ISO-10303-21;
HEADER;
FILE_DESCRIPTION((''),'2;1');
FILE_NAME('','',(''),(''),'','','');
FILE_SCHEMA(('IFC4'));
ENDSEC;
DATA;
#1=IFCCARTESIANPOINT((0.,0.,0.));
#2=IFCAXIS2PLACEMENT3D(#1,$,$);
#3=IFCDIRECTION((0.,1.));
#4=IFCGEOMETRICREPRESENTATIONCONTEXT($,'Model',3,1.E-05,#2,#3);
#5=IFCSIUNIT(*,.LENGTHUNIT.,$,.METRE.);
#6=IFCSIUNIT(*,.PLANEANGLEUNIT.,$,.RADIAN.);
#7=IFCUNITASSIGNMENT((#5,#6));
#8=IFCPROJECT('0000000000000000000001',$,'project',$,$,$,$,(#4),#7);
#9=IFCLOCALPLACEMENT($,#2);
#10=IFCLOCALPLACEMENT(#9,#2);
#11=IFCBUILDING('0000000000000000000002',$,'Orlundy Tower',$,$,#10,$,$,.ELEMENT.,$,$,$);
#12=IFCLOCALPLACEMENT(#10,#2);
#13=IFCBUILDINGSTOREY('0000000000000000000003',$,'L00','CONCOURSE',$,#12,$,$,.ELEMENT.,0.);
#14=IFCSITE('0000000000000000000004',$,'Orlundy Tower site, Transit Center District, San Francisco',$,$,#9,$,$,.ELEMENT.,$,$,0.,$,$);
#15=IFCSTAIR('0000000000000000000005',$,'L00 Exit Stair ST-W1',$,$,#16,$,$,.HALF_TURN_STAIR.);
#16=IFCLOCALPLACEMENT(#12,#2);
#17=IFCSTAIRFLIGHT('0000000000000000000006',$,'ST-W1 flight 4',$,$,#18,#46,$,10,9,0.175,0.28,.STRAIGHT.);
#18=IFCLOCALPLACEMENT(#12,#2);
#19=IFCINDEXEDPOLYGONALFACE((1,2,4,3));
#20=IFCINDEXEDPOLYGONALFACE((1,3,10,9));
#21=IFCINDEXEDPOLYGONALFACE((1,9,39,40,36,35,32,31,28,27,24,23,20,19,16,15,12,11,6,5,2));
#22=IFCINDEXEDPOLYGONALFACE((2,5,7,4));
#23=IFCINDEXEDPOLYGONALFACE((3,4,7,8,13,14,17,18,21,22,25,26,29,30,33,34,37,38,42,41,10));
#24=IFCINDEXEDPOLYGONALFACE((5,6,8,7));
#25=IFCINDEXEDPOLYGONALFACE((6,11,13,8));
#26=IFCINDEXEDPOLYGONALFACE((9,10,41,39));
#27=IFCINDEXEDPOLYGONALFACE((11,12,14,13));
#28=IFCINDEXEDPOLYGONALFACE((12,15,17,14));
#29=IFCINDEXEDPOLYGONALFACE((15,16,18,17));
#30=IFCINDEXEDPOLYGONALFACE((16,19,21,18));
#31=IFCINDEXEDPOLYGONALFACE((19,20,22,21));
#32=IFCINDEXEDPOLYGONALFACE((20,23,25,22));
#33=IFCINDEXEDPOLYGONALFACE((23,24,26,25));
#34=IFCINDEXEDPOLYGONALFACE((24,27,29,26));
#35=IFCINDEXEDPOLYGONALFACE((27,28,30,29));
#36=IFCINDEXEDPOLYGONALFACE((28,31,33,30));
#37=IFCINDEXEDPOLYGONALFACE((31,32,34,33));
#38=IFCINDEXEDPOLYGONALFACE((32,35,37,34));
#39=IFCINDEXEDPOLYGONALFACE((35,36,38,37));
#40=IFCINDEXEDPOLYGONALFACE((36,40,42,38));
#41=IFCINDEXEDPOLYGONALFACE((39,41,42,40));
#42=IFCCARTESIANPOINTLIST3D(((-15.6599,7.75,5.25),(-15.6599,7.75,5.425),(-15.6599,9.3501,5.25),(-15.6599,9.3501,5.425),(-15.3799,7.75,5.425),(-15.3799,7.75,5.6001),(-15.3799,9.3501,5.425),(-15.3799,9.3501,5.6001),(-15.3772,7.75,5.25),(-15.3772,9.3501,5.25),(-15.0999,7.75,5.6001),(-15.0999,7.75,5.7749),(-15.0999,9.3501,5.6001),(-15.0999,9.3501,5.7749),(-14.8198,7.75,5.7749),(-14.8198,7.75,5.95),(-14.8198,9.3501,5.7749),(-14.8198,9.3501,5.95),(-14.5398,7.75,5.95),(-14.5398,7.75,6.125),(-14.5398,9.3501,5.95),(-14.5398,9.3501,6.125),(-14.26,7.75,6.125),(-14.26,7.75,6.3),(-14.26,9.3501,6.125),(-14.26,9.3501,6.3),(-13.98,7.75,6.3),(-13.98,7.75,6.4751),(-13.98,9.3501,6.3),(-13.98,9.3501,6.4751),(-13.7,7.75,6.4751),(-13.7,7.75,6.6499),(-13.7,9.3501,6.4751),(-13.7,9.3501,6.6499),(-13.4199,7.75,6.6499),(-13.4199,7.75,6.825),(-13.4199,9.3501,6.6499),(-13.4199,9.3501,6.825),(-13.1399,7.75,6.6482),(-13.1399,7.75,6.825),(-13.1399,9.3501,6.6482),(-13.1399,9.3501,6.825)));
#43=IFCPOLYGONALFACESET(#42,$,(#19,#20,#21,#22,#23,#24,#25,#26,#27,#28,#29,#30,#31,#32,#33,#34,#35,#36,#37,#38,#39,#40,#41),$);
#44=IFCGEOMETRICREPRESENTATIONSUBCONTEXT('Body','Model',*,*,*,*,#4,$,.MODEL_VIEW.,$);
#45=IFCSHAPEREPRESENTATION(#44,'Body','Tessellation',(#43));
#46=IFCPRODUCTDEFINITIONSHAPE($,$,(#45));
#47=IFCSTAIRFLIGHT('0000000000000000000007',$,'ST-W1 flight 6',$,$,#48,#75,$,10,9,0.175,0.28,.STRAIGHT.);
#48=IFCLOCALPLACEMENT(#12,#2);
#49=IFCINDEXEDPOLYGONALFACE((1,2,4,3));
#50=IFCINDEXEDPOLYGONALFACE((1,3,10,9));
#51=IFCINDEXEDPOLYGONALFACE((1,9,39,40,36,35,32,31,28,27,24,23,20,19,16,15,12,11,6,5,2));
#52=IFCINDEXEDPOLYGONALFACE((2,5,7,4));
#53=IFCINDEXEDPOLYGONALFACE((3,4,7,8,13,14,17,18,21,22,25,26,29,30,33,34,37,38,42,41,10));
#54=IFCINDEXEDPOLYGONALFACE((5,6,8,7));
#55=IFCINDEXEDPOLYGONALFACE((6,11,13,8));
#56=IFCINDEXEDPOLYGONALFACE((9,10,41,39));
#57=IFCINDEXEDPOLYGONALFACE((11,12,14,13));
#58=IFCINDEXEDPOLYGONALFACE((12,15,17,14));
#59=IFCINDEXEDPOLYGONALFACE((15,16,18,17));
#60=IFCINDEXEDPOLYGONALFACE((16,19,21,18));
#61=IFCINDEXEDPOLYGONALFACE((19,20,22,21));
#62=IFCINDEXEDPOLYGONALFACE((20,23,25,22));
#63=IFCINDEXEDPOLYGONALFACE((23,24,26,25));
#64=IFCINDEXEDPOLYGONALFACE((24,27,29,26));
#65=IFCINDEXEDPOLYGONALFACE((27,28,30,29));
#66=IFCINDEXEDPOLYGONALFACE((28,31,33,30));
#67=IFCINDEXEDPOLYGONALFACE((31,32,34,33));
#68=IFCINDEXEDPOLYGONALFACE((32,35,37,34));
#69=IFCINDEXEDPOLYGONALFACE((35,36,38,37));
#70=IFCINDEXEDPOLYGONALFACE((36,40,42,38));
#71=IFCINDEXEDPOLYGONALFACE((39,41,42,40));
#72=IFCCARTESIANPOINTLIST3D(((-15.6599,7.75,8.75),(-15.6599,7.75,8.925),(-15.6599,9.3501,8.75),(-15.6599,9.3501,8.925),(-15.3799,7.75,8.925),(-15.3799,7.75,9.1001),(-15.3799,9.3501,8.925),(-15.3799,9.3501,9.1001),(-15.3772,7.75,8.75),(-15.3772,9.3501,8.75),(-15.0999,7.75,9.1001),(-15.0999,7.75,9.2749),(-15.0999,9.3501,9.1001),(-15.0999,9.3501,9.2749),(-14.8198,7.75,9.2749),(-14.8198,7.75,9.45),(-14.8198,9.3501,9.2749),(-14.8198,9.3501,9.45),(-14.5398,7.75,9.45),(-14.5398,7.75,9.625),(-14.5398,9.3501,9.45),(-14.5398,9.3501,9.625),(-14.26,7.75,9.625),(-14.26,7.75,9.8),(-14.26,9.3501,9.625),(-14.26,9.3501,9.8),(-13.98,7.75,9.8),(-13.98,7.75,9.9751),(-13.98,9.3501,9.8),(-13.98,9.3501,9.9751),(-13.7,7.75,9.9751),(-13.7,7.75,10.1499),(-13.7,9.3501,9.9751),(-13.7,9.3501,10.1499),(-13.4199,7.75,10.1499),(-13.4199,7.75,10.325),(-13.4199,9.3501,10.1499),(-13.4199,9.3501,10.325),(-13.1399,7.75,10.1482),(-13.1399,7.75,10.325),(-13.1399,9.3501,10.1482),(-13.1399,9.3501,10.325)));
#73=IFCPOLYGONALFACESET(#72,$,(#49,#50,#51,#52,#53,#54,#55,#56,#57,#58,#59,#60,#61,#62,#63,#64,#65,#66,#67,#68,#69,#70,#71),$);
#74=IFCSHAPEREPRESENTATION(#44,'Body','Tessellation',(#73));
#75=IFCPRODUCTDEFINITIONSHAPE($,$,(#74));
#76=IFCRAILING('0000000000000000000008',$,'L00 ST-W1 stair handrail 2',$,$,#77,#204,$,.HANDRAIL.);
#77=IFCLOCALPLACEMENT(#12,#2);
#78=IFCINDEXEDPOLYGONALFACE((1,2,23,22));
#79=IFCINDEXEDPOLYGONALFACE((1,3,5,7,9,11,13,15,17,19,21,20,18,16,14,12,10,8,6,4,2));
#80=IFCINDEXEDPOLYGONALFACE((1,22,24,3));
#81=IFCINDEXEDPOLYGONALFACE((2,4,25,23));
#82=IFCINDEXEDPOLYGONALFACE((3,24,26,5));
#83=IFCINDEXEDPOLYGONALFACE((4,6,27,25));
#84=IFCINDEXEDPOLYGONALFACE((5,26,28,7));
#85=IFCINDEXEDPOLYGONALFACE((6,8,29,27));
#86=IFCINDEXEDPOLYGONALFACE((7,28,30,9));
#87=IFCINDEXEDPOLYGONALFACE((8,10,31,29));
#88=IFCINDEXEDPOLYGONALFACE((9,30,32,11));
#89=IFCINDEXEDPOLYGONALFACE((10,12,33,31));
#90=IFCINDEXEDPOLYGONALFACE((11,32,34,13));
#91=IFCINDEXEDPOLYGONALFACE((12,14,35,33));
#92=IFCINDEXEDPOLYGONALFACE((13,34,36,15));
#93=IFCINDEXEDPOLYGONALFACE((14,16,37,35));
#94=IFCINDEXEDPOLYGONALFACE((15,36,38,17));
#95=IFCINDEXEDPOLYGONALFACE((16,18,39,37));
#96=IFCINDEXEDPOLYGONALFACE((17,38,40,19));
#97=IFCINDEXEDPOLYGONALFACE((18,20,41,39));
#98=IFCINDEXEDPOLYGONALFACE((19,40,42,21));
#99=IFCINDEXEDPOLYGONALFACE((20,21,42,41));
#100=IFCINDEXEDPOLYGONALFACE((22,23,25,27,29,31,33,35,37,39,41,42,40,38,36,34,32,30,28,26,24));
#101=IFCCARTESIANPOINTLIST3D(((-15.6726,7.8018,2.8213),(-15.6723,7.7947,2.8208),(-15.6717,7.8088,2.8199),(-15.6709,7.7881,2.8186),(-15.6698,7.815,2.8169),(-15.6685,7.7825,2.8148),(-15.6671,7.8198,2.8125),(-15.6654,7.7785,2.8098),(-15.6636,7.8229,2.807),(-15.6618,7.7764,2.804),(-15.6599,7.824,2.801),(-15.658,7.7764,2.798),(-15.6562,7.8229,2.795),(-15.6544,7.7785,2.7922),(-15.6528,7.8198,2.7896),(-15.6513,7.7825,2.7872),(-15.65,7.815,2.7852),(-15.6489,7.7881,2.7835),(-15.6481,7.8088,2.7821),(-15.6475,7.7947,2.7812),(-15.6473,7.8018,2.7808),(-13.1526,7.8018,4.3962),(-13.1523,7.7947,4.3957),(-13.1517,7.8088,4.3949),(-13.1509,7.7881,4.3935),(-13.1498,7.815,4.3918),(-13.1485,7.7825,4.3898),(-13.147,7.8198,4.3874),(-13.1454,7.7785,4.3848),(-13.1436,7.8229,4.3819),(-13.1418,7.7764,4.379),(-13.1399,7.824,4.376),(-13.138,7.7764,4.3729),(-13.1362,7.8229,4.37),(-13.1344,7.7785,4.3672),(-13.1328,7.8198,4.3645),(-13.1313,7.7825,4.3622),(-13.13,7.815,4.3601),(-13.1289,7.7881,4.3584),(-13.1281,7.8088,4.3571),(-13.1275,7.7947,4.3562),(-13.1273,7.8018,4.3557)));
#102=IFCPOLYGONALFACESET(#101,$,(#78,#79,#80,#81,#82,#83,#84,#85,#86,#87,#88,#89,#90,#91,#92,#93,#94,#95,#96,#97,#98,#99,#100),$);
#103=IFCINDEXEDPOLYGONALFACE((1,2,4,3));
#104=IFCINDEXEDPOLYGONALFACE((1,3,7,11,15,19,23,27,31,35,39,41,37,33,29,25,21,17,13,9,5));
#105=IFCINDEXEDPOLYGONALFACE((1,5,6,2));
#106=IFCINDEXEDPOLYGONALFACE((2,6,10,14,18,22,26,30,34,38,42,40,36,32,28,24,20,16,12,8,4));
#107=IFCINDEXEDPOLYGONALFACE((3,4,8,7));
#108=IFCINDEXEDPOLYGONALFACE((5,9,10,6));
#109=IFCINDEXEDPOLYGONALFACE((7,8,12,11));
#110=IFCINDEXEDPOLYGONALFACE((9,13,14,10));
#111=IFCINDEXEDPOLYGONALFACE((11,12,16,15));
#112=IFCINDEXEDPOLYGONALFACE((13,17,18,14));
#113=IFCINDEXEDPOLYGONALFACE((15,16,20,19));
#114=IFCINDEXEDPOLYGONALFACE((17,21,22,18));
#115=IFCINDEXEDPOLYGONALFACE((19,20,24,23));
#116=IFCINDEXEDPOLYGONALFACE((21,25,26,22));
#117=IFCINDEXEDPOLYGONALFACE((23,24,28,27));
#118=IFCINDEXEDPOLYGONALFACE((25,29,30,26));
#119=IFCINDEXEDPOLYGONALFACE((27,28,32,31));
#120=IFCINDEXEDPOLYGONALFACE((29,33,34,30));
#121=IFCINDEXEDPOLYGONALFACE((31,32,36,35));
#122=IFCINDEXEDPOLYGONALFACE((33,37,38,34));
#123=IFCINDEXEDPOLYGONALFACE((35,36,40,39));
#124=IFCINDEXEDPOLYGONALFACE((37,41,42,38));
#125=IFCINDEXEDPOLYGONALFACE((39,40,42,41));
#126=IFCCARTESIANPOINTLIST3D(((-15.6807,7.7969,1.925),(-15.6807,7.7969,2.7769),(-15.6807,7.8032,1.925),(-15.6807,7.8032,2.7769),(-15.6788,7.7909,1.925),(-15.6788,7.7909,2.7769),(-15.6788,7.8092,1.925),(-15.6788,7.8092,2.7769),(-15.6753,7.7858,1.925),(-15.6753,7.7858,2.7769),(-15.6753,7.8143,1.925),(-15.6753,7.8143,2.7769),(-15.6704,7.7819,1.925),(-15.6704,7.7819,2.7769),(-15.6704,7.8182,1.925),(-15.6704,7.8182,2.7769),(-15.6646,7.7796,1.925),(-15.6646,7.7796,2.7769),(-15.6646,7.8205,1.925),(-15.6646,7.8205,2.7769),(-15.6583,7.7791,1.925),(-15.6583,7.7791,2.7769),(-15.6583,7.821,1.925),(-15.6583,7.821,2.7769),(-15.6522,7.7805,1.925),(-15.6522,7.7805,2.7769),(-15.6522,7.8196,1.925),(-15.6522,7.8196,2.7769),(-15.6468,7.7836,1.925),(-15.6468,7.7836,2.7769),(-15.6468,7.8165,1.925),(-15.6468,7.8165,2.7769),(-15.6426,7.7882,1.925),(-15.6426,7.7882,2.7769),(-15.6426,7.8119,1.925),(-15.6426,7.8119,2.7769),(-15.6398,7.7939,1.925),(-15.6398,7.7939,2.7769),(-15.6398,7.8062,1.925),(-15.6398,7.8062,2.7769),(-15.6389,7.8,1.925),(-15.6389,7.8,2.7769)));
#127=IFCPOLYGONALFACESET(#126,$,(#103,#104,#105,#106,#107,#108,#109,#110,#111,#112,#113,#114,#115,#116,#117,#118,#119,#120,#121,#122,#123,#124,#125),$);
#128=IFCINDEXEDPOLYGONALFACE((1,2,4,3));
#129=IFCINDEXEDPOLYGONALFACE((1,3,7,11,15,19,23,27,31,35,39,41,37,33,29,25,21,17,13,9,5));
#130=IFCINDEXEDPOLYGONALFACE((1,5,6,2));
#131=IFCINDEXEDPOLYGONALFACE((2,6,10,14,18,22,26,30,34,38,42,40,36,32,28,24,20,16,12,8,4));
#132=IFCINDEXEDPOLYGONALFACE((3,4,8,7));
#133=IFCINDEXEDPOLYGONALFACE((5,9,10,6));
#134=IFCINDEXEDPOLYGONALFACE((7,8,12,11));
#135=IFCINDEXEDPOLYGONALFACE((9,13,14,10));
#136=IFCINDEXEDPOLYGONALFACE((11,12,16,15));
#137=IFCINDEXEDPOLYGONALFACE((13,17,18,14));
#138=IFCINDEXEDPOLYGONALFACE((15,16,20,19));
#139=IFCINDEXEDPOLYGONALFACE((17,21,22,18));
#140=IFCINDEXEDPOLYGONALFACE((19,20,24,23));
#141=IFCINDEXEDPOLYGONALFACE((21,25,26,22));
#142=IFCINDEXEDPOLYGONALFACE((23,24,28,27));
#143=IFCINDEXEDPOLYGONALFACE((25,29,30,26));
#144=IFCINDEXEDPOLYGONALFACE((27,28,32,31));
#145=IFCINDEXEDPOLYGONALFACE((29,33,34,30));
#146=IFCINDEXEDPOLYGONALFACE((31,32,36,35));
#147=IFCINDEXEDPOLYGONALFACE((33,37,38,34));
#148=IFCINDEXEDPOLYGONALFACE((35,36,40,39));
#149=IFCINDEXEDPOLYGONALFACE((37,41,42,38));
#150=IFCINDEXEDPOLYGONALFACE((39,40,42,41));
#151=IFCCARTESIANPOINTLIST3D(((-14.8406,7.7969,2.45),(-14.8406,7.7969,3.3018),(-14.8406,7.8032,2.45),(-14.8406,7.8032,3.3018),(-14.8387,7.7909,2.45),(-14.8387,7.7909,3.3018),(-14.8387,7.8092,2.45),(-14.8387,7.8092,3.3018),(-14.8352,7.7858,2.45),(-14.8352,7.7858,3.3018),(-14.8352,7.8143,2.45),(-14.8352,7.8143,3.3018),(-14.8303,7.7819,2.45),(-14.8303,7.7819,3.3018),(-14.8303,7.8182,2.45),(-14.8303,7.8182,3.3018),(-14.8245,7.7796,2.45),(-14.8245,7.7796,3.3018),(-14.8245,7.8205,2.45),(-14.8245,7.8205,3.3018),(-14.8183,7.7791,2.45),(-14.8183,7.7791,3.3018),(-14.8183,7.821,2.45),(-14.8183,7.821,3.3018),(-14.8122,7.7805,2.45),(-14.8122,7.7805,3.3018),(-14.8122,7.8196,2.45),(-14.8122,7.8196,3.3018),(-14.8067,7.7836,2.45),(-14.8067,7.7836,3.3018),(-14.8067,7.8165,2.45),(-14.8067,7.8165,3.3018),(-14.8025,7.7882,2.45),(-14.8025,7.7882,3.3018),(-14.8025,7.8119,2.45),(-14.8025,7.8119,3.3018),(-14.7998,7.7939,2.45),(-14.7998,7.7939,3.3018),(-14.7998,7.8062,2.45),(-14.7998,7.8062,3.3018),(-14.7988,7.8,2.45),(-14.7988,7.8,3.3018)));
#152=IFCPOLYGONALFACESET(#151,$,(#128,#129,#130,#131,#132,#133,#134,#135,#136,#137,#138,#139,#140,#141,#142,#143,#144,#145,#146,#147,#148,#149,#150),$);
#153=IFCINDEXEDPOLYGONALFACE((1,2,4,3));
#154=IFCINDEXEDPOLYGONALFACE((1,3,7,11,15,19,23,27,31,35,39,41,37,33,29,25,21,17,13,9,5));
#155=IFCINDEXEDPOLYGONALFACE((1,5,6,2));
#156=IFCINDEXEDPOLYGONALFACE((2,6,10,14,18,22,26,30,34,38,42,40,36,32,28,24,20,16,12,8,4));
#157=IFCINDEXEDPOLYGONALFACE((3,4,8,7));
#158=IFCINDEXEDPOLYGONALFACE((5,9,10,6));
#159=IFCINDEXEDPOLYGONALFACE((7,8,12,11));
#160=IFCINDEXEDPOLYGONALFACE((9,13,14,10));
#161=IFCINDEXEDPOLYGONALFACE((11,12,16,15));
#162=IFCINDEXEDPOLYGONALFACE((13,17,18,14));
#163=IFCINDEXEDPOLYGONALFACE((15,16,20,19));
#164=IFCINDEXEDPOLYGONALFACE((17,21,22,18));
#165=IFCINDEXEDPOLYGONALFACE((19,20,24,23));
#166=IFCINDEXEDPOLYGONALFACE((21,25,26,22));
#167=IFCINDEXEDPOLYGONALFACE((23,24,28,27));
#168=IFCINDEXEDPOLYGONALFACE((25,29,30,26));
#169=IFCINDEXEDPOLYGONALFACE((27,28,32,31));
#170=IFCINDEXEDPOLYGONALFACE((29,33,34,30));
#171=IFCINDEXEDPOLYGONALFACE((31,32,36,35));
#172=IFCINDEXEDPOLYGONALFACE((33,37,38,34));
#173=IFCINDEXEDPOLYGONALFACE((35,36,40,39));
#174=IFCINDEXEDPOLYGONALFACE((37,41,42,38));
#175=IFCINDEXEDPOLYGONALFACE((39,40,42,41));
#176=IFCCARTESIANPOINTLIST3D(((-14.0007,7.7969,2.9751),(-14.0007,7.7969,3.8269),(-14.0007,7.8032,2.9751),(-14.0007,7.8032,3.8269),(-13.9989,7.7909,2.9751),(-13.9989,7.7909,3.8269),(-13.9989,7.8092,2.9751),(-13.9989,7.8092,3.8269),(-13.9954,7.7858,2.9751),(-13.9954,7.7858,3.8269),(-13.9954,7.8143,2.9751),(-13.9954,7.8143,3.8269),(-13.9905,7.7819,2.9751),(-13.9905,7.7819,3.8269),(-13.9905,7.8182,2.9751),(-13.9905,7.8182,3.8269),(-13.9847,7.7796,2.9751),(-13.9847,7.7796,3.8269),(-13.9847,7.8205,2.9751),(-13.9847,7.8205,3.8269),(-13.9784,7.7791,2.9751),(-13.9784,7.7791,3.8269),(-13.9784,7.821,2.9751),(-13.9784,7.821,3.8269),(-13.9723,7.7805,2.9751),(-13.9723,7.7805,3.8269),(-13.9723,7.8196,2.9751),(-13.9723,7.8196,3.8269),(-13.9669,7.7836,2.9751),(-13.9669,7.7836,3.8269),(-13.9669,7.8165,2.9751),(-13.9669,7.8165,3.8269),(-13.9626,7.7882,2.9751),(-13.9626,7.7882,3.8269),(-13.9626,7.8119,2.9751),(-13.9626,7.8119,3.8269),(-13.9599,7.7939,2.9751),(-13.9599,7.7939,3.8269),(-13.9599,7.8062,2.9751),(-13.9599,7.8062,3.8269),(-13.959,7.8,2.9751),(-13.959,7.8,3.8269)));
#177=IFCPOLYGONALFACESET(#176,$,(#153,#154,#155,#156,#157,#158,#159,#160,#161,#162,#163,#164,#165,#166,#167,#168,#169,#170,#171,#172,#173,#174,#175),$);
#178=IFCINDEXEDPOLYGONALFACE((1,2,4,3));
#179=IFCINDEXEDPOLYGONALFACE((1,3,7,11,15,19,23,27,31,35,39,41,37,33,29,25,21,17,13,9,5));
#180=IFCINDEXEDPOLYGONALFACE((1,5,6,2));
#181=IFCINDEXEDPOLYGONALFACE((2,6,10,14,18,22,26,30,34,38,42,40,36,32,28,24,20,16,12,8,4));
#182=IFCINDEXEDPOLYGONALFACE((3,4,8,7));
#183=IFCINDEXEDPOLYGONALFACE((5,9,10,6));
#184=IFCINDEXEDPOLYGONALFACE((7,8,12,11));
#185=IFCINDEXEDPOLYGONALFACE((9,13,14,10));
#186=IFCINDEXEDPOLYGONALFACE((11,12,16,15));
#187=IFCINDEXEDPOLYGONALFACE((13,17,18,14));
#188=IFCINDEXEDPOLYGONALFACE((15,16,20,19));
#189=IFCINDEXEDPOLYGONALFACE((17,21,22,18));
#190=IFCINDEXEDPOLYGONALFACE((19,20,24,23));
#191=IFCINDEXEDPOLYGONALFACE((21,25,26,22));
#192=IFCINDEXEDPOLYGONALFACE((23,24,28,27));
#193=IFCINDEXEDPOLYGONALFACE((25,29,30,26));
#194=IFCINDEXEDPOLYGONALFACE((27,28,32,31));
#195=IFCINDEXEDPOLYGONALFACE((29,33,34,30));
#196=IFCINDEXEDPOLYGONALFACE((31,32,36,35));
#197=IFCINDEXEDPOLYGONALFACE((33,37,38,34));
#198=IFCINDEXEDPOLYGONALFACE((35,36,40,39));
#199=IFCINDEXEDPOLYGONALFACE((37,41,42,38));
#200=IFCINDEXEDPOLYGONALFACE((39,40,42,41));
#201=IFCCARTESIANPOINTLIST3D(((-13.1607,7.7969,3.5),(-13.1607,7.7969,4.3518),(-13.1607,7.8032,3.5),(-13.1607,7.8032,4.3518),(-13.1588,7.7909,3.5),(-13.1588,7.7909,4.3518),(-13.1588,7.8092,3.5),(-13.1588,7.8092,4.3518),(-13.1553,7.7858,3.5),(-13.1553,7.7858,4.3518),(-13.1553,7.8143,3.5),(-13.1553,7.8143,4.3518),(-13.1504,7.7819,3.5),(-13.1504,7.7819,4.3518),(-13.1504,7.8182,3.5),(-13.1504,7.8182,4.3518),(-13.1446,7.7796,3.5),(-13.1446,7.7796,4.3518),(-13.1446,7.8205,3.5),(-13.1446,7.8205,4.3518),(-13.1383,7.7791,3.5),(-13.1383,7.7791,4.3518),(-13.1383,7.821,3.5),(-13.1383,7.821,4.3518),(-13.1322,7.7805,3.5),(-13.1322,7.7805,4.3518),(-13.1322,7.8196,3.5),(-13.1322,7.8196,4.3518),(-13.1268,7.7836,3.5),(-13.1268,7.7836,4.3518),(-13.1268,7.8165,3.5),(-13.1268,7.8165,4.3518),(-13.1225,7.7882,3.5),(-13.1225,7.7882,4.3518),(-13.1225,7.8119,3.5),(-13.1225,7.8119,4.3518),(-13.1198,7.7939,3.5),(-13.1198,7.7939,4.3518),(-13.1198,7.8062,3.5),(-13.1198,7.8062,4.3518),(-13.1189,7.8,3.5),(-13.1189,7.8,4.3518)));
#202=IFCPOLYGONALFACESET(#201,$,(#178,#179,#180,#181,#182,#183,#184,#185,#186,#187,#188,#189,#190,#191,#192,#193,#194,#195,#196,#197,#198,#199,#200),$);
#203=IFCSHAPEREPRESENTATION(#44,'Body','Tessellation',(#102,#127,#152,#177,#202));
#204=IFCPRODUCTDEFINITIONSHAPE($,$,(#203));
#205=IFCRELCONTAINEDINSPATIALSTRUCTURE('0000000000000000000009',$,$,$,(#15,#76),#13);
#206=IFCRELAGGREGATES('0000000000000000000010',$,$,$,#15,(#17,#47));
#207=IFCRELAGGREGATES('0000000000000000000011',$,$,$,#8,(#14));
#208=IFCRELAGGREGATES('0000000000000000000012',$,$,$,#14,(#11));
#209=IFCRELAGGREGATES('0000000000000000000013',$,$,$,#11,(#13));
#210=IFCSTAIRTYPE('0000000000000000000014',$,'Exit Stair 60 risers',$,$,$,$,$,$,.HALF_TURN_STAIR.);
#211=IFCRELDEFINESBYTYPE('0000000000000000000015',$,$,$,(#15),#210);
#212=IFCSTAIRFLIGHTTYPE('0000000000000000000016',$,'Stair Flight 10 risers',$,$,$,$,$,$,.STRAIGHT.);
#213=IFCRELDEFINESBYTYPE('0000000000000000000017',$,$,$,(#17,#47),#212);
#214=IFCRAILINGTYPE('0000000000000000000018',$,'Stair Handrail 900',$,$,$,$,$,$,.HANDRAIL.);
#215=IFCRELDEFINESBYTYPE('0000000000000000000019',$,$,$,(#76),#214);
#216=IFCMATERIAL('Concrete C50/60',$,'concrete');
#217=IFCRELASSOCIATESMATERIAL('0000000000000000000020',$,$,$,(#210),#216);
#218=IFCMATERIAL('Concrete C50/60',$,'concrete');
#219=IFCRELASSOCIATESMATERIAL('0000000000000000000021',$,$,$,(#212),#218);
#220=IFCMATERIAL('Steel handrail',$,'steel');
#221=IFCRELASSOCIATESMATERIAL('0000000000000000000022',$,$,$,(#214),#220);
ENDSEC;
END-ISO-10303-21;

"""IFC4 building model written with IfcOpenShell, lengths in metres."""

from ifc_helpers import new_model, si_unit, direction, frame, origin, origin_2d, place, context, subcontext, project, spatial, polyline, circle, outline, extrude, material, type_object, element, aggregate, save


model = new_model("IFC4")

# Units and contexts
model_context = context("Model", 3, precision=1e-05, world=origin(), true_north=direction((0.0, 1.0)))
body_context = subcontext(model_context, "Body", "Model", "MODEL_VIEW")
ifc_project = project(units=[si_unit("LENGTHUNIT", "METRE"), si_unit("PLANEANGLEUNIT", "RADIAN")], contexts=[model_context])

# Site, building, storey
site_placement = place(None, origin())
site = spatial("IfcSite", under=ifc_project, at=site_placement, Name="Orlundy Tower site, Transit Center District, San Francisco", CompositionType="ELEMENT", RefElevation=0.0)
building_placement = place(site_placement, origin())
building = spatial("IfcBuilding", under=site, at=building_placement, Name="Orlundy Tower", CompositionType="ELEMENT")
storey_placement = place(building_placement, origin())
storey = spatial("IfcBuildingStorey", under=building, at=storey_placement, Name="L00", Description="CONCOURSE", CompositionType="ELEMENT", Elevation=0.0)

# Stair, stair flights
ifc_material_1 = material(Name="Concrete C50/60", Category="concrete")
stair_type = type_object("IfcStairType", Name="Exit Stair 60 risers", PredefinedType="HALF_TURN_STAIR", material=ifc_material_1)
stair_placement = place(storey_placement, origin())
stair = element("IfcStair", 1, at=stair_placement, inside=storey, type_object=stair_type, Name="L00 Exit Stair ST-W1", PredefinedType="HALF_TURN_STAIR")
ifc_material_2 = material(Name="Concrete C50/60", Category="concrete")
stair_flight_type = type_object("IfcStairFlightType", Name="Stair Flight 10 risers", PredefinedType="STRAIGHT", material=ifc_material_2)
stair_flight_1_placement = place(storey_placement, frame((-15.6599, 8.55, 5.25), z_axis=(0.0, 0.0, 1.0), x_axis=(1.0, 0.0, 0.0)))
stair_flight_1 = element("IfcStairFlight", 2, at=stair_flight_1_placement, type_object=stair_flight_type, Name="ST-W1 flight 4", NumberOfRisers=10, NumberOfTreads=9, PredefinedType="STRAIGHT", RiserHeight=0.175, TreadLength=0.28, context=body_context, shape_type="SweptSolid", body=[
    extrude(outline(polyline([(0.0, 0.0), (0.0, 0.175), (0.28, 0.175), (0.28, 0.3501), (0.5601, 0.3501), (0.5601, 0.5249), (0.8401, 0.5249), (0.8401, 0.7), (1.1201, 0.7), (1.1201, 0.875), (1.3999, 0.875), (1.3999, 1.05), (1.6799, 1.05), (1.6799, 1.2251), (1.96, 1.2251), (1.96, 1.3999), (2.24, 1.3999), (2.24, 1.575), (2.52, 1.575), (2.52, 1.75), (2.52, 1.3982), (0.2827, 0.0), (0.0, 0.0)])), frame((0.0, 0.8, 0.0), z_axis=(0.0, -1.0, 0.0), x_axis=(1.0, 0.0, 0.0)), (0.0, 0.0, 1.0), 1.6001),
])
stair_flight_2_placement = place(storey_placement, frame((-15.6599, 8.55, 8.75), z_axis=(0.0, 0.0, 1.0), x_axis=(1.0, 0.0, 0.0)))
stair_flight_2 = element("IfcStairFlight", 3, at=stair_flight_2_placement, type_object=stair_flight_type, Name="ST-W1 flight 6", NumberOfRisers=10, NumberOfTreads=9, PredefinedType="STRAIGHT", RiserHeight=0.175, TreadLength=0.28, context=body_context, shape_type="SweptSolid", body=[
    extrude(outline(polyline([(0.0, 0.0), (0.0, 0.175), (0.28, 0.175), (0.28, 0.3501), (0.5601, 0.3501), (0.5601, 0.5249), (0.8401, 0.5249), (0.8401, 0.7), (1.1201, 0.7), (1.1201, 0.875), (1.3999, 0.875), (1.3999, 1.05), (1.6799, 1.05), (1.6799, 1.2251), (1.96, 1.2251), (1.96, 1.3999), (2.24, 1.3999), (2.24, 1.575), (2.52, 1.575), (2.52, 1.75), (2.52, 1.3982), (0.2827, 0.0), (0.0, 0.0)])), frame((0.0, 0.8, 0.0), z_axis=(0.0, -1.0, 0.0), x_axis=(1.0, 0.0, 0.0)), (0.0, 0.0, 1.0), 1.6001),
])
aggregate(stair, [stair_flight_1, stair_flight_2])

# Railing
ifc_material_3 = material(Name="Steel handrail", Category="steel")
railing_type = type_object("IfcRailingType", Name="Stair Handrail 900", PredefinedType="HANDRAIL", material=ifc_material_3)
for number, where, name in (
    (4, (-15.6599, 7.8, 1.925), "L00 ST-W1 stair handrail 2"),
):
    element("IfcRailing", number, at=place(storey_placement, frame(where)), inside=storey, type_object=railing_type, Name=name, PredefinedType="HANDRAIL", context=body_context, shape_type="SweptSolid", body=[
        extrude(circle(Radius=0.0239, at=origin_2d()), frame((0.0, 0.0, 0.876), z_axis=(0.848008, 0.0, 0.529984), x_axis=(0.0, 1.0, 0.0)), (0.0, 0.0, 1.0), 2.9717),
        extrude(circle(Radius=0.021, at=origin_2d()), origin(), (0.0, 0.0, 1.0), 0.8518),
        extrude(circle(Radius=0.021, at=origin_2d()), frame((0.8401, 0.0, 0.5249)), (0.0, 0.0, 1.0), 0.8518),
        extrude(circle(Radius=0.021, at=origin_2d()), frame((1.6799, 0.0, 1.05)), (0.0, 0.0, 1.0), 0.8518),
        extrude(circle(Radius=0.021, at=origin_2d()), frame((2.52, 0.0, 1.575)), (0.0, 0.0, 1.0), 0.8518),
    ])

save(model, "model.ifc")
